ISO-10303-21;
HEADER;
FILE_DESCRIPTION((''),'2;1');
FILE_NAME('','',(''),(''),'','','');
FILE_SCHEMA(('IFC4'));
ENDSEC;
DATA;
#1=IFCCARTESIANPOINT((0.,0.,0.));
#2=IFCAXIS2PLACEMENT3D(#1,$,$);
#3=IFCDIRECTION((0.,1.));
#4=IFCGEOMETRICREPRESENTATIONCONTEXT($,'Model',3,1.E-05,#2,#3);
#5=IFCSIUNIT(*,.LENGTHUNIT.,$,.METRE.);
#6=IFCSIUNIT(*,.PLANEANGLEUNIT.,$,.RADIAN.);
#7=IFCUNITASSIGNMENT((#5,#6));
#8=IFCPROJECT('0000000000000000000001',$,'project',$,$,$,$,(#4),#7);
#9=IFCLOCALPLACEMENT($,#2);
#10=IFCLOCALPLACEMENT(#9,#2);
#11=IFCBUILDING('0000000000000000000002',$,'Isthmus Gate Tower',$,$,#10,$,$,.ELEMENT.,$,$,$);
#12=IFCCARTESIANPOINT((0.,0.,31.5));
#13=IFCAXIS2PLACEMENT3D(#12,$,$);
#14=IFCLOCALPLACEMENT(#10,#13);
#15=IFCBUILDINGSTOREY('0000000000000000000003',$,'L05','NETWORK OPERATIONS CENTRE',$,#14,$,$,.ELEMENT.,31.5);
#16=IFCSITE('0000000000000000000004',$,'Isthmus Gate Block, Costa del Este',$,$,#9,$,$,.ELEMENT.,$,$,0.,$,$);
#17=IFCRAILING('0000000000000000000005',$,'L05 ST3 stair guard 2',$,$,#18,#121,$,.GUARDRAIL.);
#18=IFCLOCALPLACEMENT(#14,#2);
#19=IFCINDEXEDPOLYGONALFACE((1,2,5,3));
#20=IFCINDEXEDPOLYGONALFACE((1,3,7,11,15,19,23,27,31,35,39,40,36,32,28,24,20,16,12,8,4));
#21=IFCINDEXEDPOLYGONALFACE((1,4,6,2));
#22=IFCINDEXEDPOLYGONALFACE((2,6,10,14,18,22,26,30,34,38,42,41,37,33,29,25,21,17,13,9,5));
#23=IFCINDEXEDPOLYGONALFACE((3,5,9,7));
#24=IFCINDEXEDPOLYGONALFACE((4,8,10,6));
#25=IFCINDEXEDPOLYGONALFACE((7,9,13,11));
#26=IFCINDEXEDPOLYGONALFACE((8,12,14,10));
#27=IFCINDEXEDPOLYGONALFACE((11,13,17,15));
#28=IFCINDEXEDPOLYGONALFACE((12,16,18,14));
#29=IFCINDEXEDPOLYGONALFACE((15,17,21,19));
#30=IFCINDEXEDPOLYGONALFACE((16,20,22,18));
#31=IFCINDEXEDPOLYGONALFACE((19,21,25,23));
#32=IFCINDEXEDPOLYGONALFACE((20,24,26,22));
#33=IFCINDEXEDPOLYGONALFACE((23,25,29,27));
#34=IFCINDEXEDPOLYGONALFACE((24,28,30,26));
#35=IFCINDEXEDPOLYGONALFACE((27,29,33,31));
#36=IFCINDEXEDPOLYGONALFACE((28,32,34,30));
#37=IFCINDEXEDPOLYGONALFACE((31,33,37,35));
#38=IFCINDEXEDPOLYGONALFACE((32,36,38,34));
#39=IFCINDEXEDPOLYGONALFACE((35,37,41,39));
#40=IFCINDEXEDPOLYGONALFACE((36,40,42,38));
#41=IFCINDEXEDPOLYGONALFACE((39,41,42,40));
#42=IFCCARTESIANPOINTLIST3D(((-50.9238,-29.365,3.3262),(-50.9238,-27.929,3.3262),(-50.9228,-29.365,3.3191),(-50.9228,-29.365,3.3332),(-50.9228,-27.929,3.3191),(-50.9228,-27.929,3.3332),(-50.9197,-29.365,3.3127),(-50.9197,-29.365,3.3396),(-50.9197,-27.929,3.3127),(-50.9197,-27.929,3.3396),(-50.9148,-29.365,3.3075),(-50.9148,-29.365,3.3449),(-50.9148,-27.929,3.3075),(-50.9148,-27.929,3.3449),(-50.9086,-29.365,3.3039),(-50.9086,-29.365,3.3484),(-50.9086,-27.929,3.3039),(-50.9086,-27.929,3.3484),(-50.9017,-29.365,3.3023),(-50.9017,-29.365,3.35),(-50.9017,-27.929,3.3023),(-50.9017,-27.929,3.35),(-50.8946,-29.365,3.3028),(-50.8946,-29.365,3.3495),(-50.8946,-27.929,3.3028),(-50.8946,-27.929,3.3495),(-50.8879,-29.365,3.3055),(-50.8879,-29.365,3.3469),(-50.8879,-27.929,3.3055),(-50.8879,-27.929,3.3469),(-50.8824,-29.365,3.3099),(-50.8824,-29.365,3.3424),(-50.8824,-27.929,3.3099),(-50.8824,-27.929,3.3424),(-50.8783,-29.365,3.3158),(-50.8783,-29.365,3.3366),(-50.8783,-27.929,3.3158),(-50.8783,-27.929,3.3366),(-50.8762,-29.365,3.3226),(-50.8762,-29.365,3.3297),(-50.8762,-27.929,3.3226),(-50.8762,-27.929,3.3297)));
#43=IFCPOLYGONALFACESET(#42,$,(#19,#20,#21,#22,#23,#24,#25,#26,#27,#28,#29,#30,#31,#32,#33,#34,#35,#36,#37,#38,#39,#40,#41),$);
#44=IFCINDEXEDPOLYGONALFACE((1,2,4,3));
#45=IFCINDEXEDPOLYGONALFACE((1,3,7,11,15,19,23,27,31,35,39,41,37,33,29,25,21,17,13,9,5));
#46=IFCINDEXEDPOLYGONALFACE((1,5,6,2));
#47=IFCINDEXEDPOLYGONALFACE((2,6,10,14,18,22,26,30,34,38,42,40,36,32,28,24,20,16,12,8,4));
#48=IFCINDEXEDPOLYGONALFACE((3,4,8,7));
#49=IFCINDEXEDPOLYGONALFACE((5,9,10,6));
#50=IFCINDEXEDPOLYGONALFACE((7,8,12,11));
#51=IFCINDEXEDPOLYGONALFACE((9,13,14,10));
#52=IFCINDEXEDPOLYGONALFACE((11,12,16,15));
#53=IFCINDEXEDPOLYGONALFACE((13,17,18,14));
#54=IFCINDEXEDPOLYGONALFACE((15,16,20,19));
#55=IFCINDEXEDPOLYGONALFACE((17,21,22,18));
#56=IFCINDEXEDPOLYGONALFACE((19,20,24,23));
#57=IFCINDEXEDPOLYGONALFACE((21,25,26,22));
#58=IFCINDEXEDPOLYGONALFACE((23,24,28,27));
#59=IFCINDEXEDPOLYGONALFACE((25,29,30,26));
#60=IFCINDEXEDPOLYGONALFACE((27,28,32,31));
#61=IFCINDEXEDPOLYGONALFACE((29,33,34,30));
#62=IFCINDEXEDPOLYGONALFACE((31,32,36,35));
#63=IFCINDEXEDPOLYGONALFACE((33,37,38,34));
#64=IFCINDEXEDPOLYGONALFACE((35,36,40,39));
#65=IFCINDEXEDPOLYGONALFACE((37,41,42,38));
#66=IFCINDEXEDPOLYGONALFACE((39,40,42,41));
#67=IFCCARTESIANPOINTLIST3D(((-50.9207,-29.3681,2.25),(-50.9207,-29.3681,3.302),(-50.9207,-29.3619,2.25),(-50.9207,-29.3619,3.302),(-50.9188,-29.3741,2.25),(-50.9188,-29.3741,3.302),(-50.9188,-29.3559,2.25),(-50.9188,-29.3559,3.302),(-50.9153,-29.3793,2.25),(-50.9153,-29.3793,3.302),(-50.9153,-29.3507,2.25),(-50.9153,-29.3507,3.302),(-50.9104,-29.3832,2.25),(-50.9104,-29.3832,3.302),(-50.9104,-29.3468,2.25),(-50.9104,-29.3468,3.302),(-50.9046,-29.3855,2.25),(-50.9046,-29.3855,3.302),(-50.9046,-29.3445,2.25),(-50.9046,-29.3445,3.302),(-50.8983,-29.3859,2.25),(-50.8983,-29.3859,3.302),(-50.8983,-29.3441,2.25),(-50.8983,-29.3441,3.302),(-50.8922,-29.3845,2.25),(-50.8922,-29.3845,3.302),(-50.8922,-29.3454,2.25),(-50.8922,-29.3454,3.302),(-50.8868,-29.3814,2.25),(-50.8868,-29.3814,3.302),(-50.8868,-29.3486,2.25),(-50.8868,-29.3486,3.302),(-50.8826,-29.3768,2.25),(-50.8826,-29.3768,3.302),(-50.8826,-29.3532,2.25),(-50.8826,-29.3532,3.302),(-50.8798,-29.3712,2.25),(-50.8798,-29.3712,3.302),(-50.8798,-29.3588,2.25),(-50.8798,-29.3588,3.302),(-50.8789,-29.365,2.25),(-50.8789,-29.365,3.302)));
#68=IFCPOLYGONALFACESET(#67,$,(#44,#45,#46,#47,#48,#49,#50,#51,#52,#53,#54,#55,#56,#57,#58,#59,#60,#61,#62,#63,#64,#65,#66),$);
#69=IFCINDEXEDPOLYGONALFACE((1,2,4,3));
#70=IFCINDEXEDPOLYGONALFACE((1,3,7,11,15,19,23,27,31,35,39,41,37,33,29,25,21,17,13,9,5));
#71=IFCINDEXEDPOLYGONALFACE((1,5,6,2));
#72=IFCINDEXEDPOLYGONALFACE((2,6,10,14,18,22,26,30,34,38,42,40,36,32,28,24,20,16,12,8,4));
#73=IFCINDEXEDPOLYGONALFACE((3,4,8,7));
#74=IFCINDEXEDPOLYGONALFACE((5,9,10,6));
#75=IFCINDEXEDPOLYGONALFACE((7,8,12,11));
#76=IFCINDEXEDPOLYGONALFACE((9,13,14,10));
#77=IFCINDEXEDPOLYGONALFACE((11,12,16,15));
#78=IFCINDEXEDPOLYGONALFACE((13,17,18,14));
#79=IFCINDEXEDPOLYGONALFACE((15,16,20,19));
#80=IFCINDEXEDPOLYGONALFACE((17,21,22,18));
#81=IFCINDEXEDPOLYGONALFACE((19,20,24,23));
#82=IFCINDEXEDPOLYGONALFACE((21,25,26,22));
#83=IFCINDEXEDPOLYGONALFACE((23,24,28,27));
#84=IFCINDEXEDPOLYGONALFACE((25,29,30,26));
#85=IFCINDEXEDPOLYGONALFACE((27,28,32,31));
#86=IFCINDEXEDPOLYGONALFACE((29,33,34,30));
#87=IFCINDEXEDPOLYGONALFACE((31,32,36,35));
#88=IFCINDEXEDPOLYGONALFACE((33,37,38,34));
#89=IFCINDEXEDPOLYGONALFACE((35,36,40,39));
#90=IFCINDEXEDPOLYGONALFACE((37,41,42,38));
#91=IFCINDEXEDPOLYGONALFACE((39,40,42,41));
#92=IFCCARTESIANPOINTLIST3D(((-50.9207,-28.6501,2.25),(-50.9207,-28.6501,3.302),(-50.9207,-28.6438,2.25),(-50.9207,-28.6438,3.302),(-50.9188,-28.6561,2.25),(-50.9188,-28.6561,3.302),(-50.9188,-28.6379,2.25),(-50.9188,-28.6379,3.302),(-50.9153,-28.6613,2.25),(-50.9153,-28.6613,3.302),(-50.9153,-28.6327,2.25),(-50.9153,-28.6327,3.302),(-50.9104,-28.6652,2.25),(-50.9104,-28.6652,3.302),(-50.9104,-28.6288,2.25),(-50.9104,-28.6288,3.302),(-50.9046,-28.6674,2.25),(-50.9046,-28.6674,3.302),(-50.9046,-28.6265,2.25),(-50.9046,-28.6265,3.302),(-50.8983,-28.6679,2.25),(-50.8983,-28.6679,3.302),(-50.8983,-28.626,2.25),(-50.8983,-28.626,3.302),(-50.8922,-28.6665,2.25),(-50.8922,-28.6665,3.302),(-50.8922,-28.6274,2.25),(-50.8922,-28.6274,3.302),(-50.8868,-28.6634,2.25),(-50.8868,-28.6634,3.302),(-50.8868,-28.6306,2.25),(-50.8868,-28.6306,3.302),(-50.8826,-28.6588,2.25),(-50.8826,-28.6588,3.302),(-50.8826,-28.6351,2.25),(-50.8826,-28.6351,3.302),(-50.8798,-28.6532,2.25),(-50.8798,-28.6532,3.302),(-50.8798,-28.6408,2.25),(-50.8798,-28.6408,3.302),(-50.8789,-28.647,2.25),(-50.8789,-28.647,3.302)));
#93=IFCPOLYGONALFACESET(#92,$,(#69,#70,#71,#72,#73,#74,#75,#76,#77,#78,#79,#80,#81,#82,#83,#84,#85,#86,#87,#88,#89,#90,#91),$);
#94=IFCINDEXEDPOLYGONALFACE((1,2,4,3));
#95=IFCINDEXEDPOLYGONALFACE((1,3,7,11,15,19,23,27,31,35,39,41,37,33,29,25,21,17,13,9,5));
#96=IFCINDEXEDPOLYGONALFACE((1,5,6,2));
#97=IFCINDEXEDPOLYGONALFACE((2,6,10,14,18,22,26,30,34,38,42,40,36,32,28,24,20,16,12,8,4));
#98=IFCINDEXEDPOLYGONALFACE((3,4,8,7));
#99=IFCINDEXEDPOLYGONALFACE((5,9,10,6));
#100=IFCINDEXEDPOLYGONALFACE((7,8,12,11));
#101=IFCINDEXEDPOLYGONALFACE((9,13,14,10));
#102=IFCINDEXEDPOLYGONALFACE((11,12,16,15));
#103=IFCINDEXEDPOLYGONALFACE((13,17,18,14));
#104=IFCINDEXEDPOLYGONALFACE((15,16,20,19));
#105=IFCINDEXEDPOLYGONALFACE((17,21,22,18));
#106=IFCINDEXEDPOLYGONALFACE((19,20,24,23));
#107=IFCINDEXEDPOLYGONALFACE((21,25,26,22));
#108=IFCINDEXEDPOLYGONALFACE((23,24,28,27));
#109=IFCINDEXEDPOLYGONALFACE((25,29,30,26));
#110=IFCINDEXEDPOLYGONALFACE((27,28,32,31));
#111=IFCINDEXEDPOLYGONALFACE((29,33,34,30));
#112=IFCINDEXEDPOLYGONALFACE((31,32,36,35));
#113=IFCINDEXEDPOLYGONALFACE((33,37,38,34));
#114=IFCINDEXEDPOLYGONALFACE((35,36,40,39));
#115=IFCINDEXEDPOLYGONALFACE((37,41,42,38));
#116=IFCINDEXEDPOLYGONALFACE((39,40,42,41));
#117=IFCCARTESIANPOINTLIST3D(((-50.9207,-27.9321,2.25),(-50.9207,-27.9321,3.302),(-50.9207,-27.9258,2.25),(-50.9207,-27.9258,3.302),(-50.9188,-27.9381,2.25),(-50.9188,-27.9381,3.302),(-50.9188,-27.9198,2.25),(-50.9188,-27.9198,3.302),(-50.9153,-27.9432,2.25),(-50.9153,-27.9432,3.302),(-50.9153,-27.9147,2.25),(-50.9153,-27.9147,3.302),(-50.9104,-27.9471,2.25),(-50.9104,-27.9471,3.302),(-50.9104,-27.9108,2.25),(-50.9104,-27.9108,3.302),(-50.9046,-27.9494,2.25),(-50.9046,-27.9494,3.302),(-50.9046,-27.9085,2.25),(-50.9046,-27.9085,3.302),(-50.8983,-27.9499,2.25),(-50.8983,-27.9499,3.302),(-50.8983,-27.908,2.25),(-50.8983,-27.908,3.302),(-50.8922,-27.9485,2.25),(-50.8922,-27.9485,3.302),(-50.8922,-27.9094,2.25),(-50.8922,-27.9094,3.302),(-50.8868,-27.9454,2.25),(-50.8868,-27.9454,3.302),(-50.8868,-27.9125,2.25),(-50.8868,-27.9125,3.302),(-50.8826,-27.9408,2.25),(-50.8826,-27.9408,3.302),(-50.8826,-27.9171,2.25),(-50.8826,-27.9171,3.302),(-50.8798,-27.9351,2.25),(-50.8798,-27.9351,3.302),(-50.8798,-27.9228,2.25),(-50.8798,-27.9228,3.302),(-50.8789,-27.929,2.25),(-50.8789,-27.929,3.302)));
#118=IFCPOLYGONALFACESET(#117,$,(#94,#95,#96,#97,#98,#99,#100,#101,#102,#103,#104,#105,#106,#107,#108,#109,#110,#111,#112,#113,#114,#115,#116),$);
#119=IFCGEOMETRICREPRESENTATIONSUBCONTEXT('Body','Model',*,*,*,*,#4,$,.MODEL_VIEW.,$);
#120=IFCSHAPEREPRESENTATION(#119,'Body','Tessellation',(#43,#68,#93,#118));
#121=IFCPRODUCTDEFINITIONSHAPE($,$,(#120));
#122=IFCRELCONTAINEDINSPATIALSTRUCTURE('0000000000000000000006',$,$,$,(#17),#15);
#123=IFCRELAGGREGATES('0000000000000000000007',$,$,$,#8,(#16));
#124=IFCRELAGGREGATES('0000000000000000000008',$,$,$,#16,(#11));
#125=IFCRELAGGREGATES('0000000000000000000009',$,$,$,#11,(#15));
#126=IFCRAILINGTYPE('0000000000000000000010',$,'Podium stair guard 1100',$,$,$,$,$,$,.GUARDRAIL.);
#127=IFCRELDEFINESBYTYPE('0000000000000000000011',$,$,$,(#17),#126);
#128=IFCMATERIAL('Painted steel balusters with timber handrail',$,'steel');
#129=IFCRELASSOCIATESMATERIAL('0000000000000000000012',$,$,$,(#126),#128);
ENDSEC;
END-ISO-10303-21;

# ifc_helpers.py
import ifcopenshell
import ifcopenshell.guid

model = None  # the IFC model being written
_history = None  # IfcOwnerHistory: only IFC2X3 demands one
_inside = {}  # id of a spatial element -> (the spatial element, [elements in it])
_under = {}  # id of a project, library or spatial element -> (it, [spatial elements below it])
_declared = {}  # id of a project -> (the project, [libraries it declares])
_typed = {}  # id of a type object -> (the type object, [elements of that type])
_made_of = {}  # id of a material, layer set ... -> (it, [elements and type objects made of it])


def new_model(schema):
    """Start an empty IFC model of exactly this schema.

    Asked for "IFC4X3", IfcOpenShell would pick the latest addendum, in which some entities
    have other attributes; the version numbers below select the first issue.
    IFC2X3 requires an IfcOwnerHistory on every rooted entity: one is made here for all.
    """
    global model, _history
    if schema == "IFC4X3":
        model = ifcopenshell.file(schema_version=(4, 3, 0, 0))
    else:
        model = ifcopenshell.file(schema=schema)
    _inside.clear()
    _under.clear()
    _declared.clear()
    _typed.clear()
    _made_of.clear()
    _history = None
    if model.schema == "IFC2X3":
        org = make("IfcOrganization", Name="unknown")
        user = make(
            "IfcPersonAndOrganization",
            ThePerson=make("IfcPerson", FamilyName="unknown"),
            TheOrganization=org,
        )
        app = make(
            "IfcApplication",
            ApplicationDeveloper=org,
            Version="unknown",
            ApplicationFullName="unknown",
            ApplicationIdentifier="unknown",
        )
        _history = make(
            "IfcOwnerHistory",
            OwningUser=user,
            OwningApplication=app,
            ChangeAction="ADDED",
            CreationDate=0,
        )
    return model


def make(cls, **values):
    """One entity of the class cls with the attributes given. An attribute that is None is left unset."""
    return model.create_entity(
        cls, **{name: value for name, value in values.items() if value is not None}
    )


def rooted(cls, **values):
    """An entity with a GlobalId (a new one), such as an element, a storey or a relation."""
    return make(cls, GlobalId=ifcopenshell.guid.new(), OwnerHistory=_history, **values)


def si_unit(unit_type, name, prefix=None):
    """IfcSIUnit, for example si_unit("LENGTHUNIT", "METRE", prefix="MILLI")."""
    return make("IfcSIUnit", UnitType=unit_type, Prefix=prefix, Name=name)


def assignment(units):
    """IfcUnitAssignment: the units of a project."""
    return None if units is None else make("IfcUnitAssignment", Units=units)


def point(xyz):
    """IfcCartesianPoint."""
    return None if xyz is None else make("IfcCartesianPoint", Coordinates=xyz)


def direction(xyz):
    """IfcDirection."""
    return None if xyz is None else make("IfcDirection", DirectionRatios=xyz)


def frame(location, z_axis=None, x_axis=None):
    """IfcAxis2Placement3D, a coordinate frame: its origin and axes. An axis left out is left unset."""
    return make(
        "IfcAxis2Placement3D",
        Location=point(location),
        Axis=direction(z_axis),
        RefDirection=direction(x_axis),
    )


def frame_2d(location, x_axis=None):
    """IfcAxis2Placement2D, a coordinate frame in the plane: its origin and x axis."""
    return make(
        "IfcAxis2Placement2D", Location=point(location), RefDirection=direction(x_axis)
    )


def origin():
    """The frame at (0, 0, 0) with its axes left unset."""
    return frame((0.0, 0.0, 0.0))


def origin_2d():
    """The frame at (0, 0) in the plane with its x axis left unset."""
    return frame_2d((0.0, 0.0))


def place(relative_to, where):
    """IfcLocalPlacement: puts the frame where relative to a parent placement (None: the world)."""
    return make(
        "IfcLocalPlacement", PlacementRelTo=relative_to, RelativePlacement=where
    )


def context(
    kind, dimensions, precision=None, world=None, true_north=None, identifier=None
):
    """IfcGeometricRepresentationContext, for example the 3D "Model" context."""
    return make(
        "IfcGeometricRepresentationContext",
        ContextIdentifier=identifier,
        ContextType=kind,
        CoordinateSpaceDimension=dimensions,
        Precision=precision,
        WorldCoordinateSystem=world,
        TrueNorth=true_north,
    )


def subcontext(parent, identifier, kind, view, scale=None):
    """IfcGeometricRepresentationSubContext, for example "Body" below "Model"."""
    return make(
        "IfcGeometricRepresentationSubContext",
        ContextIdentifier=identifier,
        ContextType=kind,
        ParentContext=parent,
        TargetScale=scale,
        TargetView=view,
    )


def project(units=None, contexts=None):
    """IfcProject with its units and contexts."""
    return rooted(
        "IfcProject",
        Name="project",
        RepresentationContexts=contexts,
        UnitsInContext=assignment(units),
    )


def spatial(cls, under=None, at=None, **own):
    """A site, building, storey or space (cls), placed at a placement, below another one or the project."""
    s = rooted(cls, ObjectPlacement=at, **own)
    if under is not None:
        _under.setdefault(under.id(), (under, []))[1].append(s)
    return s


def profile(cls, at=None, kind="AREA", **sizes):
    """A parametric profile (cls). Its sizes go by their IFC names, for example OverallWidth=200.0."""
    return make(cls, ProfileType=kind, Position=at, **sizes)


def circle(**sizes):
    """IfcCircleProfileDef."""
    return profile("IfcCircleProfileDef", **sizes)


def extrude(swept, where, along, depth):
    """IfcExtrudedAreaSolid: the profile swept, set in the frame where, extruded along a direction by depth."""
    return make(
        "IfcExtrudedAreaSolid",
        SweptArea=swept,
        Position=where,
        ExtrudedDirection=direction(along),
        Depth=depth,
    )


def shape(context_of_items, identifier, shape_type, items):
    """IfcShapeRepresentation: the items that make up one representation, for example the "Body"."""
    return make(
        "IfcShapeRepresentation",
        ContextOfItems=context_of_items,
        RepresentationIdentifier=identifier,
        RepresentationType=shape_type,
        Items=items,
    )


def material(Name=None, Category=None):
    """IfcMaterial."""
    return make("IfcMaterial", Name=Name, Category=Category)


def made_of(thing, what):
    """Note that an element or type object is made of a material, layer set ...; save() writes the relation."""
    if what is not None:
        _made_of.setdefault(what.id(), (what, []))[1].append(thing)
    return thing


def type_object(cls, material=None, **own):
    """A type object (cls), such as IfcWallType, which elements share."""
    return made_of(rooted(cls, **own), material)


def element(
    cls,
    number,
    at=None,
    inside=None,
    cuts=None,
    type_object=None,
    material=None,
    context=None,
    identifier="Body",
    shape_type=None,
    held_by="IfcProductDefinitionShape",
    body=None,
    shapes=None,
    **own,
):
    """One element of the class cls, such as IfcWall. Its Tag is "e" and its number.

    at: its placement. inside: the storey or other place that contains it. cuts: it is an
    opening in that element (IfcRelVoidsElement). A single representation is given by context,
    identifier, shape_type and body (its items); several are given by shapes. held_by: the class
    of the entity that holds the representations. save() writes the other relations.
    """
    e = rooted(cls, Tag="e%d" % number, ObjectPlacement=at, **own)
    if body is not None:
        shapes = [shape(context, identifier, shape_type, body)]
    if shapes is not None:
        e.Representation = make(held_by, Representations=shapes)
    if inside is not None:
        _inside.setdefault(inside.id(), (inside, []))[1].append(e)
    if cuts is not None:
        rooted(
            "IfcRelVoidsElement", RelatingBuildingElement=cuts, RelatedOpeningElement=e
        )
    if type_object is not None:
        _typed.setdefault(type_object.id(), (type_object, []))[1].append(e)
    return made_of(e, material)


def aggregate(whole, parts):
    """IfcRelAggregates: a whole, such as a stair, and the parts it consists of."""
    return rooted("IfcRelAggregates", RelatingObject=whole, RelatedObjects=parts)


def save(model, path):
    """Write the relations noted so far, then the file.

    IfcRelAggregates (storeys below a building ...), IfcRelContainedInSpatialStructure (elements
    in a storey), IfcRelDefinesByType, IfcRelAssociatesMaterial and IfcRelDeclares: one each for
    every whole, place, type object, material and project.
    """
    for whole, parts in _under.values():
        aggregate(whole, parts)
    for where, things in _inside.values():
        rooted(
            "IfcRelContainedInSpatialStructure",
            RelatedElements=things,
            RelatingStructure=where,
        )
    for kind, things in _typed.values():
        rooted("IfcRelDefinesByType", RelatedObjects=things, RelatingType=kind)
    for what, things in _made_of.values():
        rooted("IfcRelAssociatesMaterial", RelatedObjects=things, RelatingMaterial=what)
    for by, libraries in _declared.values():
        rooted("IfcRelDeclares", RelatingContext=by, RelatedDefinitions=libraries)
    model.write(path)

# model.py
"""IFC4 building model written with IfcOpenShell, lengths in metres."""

from ifc_helpers import new_model, si_unit, direction, frame, origin, origin_2d, place, context, subcontext, project, spatial, circle, extrude, material, type_object, element, save


model = new_model("IFC4")

# Units and contexts
model_context = context("Model", 3, precision=1e-05, world=origin(), true_north=direction((0.0, 1.0)))
body_context = subcontext(model_context, "Body", "Model", "MODEL_VIEW")
ifc_project = project(units=[si_unit("LENGTHUNIT", "METRE"), si_unit("PLANEANGLEUNIT", "RADIAN")], contexts=[model_context])

# Site, building, storey
site_placement = place(None, origin())
site = spatial("IfcSite", under=ifc_project, at=site_placement, Name="Isthmus Gate Block, Costa del Este", CompositionType="ELEMENT", RefElevation=0.0)
building_placement = place(site_placement, origin())
building = spatial("IfcBuilding", under=site, at=building_placement, Name="Isthmus Gate Tower", CompositionType="ELEMENT")
storey_placement = place(building_placement, frame((0.0, 0.0, 31.5)))
storey = spatial("IfcBuildingStorey", under=building, at=storey_placement, Name="L05", Description="NETWORK OPERATIONS CENTRE", CompositionType="ELEMENT", Elevation=31.5)

# Railing
ifc_material_1 = material(Name="Painted steel balusters with timber handrail", Category="steel")
railing_type_1 = type_object("IfcRailingType", Name="Podium stair guard 1100", PredefinedType="GUARDRAIL", material=ifc_material_1)
railing_1_placement = place(storey_placement, frame((-50.8999, -29.365, 2.25)))
element("IfcRailing", 1, at=railing_1_placement, inside=storey, type_object=railing_type_1, Name="L05 ST3 stair guard 2", PredefinedType="GUARDRAIL", context=body_context, shape_type="SweptSolid", body=[
    extrude(circle(Radius=0.0239, at=origin_2d()), frame((0.0, 0.0, 1.0762), z_axis=(0.0, 1.0, 0.0), x_axis=(-1.0, 0.0, 0.0)), (0.0, 0.0, 1.0), 1.436),
    extrude(circle(Radius=0.021, at=origin_2d()), origin(), (0.0, 0.0, 1.0), 1.052),
    extrude(circle(Radius=0.021, at=origin_2d()), frame((0.0, 0.718, 0.0)), (0.0, 0.0, 1.0), 1.052),
    extrude(circle(Radius=0.021, at=origin_2d()), frame((0.0, 1.436, 0.0)), (0.0, 0.0, 1.0), 1.052),
])

save(model, "model.ifc")
